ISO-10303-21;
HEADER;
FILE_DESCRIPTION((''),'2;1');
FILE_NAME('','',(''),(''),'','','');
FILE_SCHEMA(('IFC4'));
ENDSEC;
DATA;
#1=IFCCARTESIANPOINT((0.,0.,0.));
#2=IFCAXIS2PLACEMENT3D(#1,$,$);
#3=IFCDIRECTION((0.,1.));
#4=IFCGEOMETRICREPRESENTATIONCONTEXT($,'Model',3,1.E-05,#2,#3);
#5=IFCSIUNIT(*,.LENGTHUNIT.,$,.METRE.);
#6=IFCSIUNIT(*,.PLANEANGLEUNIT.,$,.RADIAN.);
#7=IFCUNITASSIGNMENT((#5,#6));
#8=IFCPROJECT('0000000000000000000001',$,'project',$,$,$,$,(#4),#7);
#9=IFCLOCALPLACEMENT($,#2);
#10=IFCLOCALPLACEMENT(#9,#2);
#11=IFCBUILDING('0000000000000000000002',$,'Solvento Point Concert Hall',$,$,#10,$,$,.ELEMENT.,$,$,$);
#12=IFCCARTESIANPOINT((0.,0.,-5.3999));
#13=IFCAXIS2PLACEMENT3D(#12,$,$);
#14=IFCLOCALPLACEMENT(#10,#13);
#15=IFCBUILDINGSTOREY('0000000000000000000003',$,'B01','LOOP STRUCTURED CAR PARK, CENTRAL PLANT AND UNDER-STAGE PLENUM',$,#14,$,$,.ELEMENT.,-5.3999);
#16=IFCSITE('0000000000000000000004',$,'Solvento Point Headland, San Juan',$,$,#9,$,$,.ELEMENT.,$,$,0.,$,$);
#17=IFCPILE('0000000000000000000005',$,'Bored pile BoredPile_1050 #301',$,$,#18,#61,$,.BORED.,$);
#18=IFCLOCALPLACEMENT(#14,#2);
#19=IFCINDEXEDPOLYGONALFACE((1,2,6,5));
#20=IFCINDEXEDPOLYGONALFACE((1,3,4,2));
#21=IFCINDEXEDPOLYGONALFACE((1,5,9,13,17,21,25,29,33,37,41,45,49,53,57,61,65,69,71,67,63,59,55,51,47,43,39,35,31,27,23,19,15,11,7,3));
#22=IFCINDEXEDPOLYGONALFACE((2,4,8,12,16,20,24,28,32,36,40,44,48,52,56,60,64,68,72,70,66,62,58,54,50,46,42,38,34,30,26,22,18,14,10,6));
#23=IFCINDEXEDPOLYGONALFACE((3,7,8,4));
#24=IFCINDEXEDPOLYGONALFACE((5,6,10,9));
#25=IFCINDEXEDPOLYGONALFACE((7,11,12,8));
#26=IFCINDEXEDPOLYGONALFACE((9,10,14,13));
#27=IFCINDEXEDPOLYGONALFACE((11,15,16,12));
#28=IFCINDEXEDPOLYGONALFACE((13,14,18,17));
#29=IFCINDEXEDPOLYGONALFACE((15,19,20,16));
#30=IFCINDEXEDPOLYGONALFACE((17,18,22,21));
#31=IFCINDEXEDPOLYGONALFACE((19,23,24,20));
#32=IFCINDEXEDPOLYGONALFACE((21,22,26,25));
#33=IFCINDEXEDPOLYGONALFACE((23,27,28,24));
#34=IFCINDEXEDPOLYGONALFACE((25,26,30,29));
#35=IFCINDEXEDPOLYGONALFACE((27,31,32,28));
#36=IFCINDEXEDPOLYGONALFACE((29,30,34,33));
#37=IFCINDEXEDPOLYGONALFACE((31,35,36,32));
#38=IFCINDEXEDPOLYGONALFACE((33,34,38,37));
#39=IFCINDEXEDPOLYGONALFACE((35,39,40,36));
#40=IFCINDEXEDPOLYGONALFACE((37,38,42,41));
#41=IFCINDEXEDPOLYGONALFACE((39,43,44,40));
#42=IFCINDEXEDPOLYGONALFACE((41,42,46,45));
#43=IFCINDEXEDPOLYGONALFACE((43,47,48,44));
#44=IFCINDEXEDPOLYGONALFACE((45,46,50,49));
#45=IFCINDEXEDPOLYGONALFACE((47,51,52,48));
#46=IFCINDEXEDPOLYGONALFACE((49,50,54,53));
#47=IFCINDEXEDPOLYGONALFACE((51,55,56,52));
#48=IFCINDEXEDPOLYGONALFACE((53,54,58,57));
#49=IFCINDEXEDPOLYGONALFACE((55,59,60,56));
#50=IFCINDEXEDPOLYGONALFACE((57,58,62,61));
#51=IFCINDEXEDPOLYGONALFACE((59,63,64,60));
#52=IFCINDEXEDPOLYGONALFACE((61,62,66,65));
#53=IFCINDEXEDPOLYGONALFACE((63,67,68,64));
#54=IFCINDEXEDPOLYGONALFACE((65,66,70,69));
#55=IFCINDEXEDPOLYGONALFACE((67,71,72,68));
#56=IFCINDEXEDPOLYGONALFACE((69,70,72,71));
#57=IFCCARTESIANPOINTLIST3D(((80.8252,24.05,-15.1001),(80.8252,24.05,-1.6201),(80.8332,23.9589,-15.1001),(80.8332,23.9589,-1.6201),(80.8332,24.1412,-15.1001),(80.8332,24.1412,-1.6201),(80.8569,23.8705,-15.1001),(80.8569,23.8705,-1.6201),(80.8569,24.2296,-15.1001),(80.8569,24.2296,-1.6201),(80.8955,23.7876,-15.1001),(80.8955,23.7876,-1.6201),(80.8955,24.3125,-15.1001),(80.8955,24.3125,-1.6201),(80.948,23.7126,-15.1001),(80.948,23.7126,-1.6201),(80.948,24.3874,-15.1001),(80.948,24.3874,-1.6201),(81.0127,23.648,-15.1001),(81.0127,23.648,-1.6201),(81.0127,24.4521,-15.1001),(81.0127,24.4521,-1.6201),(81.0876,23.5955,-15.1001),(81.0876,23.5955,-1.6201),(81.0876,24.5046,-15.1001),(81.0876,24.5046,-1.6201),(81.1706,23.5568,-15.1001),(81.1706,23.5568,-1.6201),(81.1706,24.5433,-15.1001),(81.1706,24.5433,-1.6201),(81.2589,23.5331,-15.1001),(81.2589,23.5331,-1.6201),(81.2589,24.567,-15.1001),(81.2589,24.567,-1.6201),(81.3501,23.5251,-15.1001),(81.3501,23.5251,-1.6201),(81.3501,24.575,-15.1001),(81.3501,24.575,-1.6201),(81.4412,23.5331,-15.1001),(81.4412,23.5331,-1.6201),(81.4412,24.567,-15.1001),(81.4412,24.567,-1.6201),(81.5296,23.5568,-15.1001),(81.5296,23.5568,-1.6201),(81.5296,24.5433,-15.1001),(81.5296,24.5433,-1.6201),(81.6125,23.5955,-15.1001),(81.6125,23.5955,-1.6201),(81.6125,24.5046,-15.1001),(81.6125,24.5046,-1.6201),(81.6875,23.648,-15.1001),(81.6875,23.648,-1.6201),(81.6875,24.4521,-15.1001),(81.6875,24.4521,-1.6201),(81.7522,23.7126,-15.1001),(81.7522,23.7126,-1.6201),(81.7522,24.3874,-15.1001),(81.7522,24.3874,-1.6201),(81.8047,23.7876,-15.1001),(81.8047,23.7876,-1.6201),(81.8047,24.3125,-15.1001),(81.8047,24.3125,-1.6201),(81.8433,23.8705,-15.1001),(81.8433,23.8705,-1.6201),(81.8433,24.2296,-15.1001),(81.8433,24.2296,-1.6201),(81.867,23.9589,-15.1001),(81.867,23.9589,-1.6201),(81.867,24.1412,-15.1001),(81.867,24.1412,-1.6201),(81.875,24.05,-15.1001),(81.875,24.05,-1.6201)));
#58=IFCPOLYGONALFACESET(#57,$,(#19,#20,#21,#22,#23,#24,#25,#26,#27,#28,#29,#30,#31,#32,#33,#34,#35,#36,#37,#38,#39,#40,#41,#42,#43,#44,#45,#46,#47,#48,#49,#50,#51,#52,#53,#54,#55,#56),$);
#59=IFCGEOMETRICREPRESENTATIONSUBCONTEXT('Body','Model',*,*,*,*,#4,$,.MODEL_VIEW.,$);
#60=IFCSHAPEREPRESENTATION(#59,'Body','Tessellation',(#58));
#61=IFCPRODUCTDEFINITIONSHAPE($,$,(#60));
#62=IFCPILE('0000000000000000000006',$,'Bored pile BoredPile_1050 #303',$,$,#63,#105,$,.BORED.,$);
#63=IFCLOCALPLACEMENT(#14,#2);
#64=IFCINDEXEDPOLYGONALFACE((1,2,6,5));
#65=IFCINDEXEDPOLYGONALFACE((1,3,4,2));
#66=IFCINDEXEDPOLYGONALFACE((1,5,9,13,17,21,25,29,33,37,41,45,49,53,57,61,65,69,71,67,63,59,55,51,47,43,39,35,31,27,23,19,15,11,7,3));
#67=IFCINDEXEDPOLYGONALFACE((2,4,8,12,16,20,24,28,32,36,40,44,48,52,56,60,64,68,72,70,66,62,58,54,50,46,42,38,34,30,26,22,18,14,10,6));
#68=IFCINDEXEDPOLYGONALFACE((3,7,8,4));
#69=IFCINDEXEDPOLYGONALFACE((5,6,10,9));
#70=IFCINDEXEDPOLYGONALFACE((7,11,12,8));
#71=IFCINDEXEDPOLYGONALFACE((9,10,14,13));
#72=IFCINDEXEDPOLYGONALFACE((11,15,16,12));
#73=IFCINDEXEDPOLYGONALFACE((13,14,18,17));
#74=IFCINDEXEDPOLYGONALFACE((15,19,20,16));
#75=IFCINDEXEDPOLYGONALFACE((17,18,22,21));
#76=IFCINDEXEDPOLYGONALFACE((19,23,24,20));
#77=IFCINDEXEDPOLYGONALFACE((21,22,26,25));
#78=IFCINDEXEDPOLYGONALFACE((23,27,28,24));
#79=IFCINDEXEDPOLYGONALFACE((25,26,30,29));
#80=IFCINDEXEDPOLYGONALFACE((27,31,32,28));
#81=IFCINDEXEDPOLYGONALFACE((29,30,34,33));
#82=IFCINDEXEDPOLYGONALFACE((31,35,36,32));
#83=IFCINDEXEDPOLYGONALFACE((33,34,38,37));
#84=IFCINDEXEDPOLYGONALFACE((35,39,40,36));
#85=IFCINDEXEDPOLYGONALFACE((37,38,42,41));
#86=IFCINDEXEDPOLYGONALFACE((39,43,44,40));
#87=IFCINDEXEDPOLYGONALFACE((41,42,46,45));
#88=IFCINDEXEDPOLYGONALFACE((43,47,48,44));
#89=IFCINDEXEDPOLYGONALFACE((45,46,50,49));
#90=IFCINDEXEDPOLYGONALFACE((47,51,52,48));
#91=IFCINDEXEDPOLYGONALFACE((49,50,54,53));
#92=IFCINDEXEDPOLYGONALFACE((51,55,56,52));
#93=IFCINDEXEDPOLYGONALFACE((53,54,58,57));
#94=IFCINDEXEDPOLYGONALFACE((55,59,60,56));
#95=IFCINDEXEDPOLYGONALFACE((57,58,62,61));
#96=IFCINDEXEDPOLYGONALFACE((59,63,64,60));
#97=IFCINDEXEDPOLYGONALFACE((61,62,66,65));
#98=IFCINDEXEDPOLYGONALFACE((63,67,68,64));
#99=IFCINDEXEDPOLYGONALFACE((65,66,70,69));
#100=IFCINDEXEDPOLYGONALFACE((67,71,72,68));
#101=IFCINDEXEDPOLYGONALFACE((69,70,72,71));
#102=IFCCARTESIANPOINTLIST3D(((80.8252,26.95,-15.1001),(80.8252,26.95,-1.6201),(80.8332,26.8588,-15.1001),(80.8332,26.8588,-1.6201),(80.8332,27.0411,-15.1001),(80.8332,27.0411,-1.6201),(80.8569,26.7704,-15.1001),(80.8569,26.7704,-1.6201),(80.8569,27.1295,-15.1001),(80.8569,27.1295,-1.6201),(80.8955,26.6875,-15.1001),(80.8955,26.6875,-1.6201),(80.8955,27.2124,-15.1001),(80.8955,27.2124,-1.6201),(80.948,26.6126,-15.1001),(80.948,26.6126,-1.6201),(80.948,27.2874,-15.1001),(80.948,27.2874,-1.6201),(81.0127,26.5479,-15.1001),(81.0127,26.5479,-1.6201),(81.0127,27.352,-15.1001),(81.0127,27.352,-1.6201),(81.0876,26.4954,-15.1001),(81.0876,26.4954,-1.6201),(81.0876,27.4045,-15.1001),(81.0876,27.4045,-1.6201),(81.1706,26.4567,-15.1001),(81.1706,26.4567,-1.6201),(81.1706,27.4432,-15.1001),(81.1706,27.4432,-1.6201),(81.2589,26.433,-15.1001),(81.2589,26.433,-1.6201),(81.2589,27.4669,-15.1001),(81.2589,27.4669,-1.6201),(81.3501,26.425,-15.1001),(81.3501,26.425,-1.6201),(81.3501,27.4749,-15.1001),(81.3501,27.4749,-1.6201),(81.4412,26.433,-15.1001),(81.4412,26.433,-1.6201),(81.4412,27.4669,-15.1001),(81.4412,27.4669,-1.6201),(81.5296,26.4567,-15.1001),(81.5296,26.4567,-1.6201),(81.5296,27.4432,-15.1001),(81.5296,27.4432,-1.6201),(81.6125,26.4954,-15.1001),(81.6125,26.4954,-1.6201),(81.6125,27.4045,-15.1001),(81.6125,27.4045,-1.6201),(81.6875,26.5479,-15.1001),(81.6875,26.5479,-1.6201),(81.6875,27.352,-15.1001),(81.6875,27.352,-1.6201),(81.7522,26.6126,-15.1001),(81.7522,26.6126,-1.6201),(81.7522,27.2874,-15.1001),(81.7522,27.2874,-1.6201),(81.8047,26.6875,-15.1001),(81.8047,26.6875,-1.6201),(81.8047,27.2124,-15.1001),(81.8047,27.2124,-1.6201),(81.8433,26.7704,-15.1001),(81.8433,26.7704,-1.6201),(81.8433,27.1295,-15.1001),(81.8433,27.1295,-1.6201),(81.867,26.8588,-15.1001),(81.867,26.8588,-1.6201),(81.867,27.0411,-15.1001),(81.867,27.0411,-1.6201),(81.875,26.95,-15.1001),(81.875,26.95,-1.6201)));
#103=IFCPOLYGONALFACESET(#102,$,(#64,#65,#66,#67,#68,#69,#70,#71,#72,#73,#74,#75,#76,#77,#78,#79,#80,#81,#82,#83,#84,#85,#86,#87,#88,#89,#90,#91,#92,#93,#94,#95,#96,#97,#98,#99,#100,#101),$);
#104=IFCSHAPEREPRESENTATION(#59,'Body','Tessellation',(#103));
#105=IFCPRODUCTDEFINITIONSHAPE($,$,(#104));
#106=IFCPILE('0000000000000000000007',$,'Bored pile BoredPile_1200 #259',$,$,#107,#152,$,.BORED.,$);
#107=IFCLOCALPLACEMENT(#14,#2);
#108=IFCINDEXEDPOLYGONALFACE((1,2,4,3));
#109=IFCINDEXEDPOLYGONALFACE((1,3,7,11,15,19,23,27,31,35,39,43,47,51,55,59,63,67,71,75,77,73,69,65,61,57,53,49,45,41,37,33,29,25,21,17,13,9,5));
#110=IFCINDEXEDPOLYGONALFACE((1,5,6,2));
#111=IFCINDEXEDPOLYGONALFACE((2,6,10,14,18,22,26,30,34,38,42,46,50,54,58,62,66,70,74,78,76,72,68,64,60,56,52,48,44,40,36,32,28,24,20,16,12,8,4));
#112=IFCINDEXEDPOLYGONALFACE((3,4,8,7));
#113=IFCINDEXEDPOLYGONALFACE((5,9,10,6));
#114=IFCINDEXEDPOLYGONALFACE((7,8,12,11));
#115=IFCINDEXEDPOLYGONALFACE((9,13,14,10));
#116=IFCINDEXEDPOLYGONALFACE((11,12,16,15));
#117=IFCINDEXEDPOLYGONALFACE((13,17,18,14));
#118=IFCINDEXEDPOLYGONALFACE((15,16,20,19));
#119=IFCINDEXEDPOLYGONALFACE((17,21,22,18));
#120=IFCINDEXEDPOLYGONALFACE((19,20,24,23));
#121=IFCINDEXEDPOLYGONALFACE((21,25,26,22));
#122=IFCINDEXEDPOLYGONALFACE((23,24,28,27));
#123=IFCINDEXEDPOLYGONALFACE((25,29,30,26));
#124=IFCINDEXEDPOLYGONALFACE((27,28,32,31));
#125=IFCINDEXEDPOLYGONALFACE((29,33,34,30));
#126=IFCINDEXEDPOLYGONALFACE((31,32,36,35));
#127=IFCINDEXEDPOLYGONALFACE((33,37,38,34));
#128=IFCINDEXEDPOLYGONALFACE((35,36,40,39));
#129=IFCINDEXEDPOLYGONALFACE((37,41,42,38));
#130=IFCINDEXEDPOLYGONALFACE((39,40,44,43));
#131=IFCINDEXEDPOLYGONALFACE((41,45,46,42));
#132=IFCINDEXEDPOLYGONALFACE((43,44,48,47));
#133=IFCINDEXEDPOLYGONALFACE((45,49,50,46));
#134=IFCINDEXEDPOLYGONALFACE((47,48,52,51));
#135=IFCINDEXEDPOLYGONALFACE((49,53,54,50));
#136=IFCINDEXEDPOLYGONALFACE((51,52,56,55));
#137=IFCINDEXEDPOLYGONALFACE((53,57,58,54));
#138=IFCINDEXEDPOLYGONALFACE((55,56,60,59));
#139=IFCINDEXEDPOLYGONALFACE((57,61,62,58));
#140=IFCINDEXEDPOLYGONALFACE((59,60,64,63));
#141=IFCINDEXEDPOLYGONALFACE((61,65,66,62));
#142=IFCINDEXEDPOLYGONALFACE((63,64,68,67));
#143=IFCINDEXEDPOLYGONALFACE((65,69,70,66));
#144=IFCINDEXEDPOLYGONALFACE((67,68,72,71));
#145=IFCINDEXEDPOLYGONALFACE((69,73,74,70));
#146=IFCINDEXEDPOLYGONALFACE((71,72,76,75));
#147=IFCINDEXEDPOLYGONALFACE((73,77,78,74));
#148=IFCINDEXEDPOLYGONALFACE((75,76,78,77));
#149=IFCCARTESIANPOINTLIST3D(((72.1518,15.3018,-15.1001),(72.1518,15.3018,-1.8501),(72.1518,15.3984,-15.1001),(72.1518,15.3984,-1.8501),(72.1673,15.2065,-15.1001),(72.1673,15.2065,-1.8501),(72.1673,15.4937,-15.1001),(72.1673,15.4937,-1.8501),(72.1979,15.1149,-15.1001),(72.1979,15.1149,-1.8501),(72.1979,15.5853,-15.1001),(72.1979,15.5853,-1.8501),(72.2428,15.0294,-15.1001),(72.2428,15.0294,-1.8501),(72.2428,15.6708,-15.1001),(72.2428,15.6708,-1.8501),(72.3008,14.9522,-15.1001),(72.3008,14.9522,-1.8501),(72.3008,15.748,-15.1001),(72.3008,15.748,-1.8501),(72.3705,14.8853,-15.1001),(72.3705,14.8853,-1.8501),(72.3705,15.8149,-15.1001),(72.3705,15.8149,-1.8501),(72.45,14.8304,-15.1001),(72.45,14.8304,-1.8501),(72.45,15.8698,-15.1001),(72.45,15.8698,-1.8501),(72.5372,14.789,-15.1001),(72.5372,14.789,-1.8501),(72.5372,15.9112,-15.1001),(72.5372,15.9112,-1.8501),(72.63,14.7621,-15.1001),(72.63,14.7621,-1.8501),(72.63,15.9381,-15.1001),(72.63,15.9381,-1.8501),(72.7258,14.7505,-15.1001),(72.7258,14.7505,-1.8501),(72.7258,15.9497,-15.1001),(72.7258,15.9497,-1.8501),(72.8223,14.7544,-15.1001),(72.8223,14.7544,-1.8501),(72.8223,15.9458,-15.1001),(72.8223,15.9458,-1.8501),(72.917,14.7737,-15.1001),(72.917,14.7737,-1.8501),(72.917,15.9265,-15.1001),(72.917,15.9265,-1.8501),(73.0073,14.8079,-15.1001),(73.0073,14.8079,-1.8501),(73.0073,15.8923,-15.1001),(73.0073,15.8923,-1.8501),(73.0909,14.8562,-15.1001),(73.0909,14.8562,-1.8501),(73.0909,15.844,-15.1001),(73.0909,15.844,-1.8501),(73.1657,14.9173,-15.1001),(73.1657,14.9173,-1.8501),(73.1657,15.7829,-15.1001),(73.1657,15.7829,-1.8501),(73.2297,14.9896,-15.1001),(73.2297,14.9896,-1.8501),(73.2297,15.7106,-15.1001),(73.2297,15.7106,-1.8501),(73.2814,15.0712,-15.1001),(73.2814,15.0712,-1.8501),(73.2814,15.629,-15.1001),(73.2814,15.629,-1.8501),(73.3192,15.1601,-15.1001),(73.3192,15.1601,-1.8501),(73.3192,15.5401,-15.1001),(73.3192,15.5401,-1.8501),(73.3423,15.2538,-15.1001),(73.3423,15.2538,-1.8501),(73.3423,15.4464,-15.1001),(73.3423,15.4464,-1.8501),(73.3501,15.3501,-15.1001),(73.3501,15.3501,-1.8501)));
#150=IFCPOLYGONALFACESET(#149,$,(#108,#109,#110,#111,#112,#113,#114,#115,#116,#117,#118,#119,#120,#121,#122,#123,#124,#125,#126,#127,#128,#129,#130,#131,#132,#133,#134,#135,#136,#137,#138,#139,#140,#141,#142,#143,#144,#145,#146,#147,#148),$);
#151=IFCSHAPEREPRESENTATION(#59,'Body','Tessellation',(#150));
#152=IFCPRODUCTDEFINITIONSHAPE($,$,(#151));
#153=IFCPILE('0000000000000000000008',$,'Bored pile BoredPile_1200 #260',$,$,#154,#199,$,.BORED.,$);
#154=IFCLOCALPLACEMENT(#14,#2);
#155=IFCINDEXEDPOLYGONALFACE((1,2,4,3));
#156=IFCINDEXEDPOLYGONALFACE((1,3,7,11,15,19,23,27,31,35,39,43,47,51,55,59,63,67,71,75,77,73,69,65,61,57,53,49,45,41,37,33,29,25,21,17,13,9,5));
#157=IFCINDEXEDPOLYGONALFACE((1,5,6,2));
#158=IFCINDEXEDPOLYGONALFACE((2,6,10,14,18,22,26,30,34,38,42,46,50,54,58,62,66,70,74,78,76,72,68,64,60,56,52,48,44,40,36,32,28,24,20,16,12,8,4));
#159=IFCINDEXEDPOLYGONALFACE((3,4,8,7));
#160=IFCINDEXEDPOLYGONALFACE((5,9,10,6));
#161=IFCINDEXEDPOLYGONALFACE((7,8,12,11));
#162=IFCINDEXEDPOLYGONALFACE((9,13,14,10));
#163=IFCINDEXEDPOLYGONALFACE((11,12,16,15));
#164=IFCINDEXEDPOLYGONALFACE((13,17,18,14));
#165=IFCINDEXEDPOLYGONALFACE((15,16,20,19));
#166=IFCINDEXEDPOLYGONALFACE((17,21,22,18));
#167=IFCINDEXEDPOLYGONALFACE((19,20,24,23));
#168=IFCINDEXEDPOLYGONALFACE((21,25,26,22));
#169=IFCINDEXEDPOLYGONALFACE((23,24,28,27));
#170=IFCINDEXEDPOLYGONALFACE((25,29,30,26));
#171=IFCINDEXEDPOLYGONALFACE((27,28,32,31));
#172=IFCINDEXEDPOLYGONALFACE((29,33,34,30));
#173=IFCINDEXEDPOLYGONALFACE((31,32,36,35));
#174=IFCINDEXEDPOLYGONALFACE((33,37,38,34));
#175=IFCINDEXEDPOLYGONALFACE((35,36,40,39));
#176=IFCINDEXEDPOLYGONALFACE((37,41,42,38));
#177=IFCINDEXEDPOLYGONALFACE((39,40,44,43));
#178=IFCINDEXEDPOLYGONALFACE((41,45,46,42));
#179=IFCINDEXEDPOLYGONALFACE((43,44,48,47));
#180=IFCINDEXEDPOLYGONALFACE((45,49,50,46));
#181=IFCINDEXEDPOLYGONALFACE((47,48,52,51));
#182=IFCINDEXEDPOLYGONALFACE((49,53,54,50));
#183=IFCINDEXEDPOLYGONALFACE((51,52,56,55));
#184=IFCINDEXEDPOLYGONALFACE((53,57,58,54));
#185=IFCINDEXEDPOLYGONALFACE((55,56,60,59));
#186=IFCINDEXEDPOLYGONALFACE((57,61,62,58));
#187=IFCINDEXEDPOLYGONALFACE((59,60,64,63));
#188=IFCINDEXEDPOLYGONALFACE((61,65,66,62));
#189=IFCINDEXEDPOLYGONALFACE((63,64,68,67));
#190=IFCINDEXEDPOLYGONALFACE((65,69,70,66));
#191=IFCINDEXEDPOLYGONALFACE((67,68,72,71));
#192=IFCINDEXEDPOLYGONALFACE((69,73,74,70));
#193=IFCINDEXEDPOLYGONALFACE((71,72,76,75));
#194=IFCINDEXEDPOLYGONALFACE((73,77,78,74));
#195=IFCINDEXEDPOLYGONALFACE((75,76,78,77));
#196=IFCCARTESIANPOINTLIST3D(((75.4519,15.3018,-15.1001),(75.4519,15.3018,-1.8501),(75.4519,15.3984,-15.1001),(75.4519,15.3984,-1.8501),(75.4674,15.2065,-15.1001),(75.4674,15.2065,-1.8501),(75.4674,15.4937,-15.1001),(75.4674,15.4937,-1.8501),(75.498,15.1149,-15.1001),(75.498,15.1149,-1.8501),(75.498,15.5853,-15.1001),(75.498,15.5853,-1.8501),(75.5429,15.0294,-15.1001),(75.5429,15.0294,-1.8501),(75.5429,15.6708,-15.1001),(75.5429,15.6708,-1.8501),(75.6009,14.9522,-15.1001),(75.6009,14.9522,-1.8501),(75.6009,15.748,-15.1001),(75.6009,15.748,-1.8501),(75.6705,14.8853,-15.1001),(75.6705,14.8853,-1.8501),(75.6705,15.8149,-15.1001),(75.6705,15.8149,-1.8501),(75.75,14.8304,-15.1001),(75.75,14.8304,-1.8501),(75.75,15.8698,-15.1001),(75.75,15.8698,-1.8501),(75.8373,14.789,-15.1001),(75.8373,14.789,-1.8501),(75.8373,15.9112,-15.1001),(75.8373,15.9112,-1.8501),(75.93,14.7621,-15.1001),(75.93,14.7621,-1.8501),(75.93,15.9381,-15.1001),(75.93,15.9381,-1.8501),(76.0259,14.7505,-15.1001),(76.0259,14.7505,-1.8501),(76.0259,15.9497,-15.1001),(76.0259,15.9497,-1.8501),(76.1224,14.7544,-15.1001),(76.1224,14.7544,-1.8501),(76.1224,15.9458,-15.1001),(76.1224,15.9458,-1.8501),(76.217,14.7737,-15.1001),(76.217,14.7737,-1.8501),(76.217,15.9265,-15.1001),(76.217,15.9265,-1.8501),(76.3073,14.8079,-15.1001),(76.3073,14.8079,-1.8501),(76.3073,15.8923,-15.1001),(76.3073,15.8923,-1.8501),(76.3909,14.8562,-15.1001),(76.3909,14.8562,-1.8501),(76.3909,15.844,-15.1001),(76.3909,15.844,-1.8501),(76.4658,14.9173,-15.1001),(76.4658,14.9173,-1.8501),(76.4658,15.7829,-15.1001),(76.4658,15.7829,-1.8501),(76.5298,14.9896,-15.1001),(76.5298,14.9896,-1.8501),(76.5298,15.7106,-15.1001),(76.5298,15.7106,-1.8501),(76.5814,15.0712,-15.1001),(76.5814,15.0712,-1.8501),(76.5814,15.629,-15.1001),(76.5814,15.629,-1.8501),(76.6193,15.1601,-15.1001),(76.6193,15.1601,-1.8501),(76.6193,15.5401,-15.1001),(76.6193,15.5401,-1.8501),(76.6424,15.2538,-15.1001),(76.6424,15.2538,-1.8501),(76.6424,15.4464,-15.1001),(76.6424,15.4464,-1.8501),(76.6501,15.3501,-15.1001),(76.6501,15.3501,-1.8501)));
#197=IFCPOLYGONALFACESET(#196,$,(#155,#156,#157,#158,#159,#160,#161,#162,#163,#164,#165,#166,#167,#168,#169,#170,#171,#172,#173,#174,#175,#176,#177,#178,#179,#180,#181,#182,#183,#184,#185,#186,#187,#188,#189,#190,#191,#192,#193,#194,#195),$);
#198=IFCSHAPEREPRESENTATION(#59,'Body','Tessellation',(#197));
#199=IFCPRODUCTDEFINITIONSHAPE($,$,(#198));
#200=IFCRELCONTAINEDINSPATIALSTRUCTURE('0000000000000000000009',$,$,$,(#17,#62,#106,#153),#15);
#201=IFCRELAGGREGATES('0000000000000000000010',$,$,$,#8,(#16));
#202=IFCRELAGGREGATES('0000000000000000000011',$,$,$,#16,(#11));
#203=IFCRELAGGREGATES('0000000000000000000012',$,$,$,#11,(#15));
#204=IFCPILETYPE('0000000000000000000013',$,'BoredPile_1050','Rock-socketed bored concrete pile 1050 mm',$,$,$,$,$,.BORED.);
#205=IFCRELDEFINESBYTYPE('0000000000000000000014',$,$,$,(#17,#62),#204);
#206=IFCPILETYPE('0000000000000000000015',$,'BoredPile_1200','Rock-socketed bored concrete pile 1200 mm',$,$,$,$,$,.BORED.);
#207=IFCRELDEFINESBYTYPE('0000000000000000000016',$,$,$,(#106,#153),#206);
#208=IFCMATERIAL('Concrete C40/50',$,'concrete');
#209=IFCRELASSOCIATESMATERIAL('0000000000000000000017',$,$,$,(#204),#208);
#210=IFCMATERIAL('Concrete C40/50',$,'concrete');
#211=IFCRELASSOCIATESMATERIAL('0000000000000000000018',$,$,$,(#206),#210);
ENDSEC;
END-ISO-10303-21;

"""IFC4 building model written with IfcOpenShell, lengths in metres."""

from ifc_helpers import new_model, si_unit, direction, frame, origin, origin_2d, place, context, subcontext, project, spatial, circle, extrude, material, material_profile, profile_set, type_object, element, save


model = new_model("IFC4")

# Units and contexts
model_context = context("Model", 3, precision=1e-05, world=origin(), true_north=direction((0.0, 1.0)))
body_context = subcontext(model_context, "Body", "Model", "MODEL_VIEW")
ifc_project = project(units=[si_unit("LENGTHUNIT", "METRE"), si_unit("PLANEANGLEUNIT", "RADIAN")], contexts=[model_context])

# Site, building, storey
site_placement = place(None, origin())
site = spatial("IfcSite", under=ifc_project, at=site_placement, Name="Solvento Point Headland, San Juan", CompositionType="ELEMENT", RefElevation=0.0)
building_placement = place(site_placement, origin())
building = spatial("IfcBuilding", under=site, at=building_placement, Name="Solvento Point Concert Hall", CompositionType="ELEMENT")
storey_placement = place(building_placement, frame((0.0, 0.0, -5.3999)))
storey = spatial("IfcBuildingStorey", under=building, at=storey_placement, Name="B01", Description="LOOP STRUCTURED CAR PARK, CENTRAL PLANT AND UNDER-STAGE PLENUM", CompositionType="ELEMENT", Elevation=-5.3999)

# Piles
ifc_material_1 = material(Name="Concrete C40/50", Category="concrete")
ifc_material_profile_1 = material_profile(ifc_material_1, circle(Radius=0.5249, at=origin_2d()), Name="BP-1050")
ifc_profile_set_1 = profile_set([ifc_material_profile_1], Name="Concrete C40/50")
pile_type_1 = type_object("IfcPileType", Name="BoredPile_1050", Description="Rock-socketed bored concrete pile 1050 mm", PredefinedType="BORED", material=ifc_profile_set_1)
for number, where, z_axis, x_axis, name in (
    (1, (81.3501, 24.05, -1.6201), (0.0, 0.0, -1.0), (1.0, 0.0, 0.0), "Bored pile BoredPile_1050 #301"),
    (2, (81.3501, 26.95, -1.6201), (0.0, 0.0, -1.0), (1.0, 0.0, 0.0), "Bored pile BoredPile_1050 #303"),
):
    element("IfcPile", number, at=place(storey_placement, frame(where, z_axis=z_axis, x_axis=x_axis)), inside=storey, type_object=pile_type_1, Name=name, PredefinedType="BORED", context=body_context, shape_type="SweptSolid", body=[
        extrude(circle(Radius=0.5249, at=origin_2d()), origin(), (0.0, 0.0, 1.0), 13.48),
    ])
ifc_material_2 = material(Name="Concrete C40/50", Category="concrete")
ifc_material_profile_2 = material_profile(ifc_material_2, circle(Radius=0.6001, at=origin_2d()), Name="BP-1200")
ifc_profile_set_2 = profile_set([ifc_material_profile_2], Name="Concrete C40/50")
pile_type_2 = type_object("IfcPileType", Name="BoredPile_1200", Description="Rock-socketed bored concrete pile 1200 mm", PredefinedType="BORED", material=ifc_profile_set_2)
for number, where, z_axis, x_axis, name in (
    (3, (72.75, 15.3501, -1.8501), (0.0, 0.0, -1.0), (1.0, 0.0, 0.0), "Bored pile BoredPile_1200 #259"),
    (4, (76.05, 15.3501, -1.8501), (0.0, 0.0, -1.0), (1.0, 0.0, 0.0), "Bored pile BoredPile_1200 #260"),
):
    element("IfcPile", number, at=place(storey_placement, frame(where, z_axis=z_axis, x_axis=x_axis)), inside=storey, type_object=pile_type_2, Name=name, PredefinedType="BORED", context=body_context, shape_type="SweptSolid", body=[
        extrude(circle(Radius=0.6001, at=origin_2d()), origin(), (0.0, 0.0, 1.0), 13.25),
    ])

save(model, "model.ifc")
